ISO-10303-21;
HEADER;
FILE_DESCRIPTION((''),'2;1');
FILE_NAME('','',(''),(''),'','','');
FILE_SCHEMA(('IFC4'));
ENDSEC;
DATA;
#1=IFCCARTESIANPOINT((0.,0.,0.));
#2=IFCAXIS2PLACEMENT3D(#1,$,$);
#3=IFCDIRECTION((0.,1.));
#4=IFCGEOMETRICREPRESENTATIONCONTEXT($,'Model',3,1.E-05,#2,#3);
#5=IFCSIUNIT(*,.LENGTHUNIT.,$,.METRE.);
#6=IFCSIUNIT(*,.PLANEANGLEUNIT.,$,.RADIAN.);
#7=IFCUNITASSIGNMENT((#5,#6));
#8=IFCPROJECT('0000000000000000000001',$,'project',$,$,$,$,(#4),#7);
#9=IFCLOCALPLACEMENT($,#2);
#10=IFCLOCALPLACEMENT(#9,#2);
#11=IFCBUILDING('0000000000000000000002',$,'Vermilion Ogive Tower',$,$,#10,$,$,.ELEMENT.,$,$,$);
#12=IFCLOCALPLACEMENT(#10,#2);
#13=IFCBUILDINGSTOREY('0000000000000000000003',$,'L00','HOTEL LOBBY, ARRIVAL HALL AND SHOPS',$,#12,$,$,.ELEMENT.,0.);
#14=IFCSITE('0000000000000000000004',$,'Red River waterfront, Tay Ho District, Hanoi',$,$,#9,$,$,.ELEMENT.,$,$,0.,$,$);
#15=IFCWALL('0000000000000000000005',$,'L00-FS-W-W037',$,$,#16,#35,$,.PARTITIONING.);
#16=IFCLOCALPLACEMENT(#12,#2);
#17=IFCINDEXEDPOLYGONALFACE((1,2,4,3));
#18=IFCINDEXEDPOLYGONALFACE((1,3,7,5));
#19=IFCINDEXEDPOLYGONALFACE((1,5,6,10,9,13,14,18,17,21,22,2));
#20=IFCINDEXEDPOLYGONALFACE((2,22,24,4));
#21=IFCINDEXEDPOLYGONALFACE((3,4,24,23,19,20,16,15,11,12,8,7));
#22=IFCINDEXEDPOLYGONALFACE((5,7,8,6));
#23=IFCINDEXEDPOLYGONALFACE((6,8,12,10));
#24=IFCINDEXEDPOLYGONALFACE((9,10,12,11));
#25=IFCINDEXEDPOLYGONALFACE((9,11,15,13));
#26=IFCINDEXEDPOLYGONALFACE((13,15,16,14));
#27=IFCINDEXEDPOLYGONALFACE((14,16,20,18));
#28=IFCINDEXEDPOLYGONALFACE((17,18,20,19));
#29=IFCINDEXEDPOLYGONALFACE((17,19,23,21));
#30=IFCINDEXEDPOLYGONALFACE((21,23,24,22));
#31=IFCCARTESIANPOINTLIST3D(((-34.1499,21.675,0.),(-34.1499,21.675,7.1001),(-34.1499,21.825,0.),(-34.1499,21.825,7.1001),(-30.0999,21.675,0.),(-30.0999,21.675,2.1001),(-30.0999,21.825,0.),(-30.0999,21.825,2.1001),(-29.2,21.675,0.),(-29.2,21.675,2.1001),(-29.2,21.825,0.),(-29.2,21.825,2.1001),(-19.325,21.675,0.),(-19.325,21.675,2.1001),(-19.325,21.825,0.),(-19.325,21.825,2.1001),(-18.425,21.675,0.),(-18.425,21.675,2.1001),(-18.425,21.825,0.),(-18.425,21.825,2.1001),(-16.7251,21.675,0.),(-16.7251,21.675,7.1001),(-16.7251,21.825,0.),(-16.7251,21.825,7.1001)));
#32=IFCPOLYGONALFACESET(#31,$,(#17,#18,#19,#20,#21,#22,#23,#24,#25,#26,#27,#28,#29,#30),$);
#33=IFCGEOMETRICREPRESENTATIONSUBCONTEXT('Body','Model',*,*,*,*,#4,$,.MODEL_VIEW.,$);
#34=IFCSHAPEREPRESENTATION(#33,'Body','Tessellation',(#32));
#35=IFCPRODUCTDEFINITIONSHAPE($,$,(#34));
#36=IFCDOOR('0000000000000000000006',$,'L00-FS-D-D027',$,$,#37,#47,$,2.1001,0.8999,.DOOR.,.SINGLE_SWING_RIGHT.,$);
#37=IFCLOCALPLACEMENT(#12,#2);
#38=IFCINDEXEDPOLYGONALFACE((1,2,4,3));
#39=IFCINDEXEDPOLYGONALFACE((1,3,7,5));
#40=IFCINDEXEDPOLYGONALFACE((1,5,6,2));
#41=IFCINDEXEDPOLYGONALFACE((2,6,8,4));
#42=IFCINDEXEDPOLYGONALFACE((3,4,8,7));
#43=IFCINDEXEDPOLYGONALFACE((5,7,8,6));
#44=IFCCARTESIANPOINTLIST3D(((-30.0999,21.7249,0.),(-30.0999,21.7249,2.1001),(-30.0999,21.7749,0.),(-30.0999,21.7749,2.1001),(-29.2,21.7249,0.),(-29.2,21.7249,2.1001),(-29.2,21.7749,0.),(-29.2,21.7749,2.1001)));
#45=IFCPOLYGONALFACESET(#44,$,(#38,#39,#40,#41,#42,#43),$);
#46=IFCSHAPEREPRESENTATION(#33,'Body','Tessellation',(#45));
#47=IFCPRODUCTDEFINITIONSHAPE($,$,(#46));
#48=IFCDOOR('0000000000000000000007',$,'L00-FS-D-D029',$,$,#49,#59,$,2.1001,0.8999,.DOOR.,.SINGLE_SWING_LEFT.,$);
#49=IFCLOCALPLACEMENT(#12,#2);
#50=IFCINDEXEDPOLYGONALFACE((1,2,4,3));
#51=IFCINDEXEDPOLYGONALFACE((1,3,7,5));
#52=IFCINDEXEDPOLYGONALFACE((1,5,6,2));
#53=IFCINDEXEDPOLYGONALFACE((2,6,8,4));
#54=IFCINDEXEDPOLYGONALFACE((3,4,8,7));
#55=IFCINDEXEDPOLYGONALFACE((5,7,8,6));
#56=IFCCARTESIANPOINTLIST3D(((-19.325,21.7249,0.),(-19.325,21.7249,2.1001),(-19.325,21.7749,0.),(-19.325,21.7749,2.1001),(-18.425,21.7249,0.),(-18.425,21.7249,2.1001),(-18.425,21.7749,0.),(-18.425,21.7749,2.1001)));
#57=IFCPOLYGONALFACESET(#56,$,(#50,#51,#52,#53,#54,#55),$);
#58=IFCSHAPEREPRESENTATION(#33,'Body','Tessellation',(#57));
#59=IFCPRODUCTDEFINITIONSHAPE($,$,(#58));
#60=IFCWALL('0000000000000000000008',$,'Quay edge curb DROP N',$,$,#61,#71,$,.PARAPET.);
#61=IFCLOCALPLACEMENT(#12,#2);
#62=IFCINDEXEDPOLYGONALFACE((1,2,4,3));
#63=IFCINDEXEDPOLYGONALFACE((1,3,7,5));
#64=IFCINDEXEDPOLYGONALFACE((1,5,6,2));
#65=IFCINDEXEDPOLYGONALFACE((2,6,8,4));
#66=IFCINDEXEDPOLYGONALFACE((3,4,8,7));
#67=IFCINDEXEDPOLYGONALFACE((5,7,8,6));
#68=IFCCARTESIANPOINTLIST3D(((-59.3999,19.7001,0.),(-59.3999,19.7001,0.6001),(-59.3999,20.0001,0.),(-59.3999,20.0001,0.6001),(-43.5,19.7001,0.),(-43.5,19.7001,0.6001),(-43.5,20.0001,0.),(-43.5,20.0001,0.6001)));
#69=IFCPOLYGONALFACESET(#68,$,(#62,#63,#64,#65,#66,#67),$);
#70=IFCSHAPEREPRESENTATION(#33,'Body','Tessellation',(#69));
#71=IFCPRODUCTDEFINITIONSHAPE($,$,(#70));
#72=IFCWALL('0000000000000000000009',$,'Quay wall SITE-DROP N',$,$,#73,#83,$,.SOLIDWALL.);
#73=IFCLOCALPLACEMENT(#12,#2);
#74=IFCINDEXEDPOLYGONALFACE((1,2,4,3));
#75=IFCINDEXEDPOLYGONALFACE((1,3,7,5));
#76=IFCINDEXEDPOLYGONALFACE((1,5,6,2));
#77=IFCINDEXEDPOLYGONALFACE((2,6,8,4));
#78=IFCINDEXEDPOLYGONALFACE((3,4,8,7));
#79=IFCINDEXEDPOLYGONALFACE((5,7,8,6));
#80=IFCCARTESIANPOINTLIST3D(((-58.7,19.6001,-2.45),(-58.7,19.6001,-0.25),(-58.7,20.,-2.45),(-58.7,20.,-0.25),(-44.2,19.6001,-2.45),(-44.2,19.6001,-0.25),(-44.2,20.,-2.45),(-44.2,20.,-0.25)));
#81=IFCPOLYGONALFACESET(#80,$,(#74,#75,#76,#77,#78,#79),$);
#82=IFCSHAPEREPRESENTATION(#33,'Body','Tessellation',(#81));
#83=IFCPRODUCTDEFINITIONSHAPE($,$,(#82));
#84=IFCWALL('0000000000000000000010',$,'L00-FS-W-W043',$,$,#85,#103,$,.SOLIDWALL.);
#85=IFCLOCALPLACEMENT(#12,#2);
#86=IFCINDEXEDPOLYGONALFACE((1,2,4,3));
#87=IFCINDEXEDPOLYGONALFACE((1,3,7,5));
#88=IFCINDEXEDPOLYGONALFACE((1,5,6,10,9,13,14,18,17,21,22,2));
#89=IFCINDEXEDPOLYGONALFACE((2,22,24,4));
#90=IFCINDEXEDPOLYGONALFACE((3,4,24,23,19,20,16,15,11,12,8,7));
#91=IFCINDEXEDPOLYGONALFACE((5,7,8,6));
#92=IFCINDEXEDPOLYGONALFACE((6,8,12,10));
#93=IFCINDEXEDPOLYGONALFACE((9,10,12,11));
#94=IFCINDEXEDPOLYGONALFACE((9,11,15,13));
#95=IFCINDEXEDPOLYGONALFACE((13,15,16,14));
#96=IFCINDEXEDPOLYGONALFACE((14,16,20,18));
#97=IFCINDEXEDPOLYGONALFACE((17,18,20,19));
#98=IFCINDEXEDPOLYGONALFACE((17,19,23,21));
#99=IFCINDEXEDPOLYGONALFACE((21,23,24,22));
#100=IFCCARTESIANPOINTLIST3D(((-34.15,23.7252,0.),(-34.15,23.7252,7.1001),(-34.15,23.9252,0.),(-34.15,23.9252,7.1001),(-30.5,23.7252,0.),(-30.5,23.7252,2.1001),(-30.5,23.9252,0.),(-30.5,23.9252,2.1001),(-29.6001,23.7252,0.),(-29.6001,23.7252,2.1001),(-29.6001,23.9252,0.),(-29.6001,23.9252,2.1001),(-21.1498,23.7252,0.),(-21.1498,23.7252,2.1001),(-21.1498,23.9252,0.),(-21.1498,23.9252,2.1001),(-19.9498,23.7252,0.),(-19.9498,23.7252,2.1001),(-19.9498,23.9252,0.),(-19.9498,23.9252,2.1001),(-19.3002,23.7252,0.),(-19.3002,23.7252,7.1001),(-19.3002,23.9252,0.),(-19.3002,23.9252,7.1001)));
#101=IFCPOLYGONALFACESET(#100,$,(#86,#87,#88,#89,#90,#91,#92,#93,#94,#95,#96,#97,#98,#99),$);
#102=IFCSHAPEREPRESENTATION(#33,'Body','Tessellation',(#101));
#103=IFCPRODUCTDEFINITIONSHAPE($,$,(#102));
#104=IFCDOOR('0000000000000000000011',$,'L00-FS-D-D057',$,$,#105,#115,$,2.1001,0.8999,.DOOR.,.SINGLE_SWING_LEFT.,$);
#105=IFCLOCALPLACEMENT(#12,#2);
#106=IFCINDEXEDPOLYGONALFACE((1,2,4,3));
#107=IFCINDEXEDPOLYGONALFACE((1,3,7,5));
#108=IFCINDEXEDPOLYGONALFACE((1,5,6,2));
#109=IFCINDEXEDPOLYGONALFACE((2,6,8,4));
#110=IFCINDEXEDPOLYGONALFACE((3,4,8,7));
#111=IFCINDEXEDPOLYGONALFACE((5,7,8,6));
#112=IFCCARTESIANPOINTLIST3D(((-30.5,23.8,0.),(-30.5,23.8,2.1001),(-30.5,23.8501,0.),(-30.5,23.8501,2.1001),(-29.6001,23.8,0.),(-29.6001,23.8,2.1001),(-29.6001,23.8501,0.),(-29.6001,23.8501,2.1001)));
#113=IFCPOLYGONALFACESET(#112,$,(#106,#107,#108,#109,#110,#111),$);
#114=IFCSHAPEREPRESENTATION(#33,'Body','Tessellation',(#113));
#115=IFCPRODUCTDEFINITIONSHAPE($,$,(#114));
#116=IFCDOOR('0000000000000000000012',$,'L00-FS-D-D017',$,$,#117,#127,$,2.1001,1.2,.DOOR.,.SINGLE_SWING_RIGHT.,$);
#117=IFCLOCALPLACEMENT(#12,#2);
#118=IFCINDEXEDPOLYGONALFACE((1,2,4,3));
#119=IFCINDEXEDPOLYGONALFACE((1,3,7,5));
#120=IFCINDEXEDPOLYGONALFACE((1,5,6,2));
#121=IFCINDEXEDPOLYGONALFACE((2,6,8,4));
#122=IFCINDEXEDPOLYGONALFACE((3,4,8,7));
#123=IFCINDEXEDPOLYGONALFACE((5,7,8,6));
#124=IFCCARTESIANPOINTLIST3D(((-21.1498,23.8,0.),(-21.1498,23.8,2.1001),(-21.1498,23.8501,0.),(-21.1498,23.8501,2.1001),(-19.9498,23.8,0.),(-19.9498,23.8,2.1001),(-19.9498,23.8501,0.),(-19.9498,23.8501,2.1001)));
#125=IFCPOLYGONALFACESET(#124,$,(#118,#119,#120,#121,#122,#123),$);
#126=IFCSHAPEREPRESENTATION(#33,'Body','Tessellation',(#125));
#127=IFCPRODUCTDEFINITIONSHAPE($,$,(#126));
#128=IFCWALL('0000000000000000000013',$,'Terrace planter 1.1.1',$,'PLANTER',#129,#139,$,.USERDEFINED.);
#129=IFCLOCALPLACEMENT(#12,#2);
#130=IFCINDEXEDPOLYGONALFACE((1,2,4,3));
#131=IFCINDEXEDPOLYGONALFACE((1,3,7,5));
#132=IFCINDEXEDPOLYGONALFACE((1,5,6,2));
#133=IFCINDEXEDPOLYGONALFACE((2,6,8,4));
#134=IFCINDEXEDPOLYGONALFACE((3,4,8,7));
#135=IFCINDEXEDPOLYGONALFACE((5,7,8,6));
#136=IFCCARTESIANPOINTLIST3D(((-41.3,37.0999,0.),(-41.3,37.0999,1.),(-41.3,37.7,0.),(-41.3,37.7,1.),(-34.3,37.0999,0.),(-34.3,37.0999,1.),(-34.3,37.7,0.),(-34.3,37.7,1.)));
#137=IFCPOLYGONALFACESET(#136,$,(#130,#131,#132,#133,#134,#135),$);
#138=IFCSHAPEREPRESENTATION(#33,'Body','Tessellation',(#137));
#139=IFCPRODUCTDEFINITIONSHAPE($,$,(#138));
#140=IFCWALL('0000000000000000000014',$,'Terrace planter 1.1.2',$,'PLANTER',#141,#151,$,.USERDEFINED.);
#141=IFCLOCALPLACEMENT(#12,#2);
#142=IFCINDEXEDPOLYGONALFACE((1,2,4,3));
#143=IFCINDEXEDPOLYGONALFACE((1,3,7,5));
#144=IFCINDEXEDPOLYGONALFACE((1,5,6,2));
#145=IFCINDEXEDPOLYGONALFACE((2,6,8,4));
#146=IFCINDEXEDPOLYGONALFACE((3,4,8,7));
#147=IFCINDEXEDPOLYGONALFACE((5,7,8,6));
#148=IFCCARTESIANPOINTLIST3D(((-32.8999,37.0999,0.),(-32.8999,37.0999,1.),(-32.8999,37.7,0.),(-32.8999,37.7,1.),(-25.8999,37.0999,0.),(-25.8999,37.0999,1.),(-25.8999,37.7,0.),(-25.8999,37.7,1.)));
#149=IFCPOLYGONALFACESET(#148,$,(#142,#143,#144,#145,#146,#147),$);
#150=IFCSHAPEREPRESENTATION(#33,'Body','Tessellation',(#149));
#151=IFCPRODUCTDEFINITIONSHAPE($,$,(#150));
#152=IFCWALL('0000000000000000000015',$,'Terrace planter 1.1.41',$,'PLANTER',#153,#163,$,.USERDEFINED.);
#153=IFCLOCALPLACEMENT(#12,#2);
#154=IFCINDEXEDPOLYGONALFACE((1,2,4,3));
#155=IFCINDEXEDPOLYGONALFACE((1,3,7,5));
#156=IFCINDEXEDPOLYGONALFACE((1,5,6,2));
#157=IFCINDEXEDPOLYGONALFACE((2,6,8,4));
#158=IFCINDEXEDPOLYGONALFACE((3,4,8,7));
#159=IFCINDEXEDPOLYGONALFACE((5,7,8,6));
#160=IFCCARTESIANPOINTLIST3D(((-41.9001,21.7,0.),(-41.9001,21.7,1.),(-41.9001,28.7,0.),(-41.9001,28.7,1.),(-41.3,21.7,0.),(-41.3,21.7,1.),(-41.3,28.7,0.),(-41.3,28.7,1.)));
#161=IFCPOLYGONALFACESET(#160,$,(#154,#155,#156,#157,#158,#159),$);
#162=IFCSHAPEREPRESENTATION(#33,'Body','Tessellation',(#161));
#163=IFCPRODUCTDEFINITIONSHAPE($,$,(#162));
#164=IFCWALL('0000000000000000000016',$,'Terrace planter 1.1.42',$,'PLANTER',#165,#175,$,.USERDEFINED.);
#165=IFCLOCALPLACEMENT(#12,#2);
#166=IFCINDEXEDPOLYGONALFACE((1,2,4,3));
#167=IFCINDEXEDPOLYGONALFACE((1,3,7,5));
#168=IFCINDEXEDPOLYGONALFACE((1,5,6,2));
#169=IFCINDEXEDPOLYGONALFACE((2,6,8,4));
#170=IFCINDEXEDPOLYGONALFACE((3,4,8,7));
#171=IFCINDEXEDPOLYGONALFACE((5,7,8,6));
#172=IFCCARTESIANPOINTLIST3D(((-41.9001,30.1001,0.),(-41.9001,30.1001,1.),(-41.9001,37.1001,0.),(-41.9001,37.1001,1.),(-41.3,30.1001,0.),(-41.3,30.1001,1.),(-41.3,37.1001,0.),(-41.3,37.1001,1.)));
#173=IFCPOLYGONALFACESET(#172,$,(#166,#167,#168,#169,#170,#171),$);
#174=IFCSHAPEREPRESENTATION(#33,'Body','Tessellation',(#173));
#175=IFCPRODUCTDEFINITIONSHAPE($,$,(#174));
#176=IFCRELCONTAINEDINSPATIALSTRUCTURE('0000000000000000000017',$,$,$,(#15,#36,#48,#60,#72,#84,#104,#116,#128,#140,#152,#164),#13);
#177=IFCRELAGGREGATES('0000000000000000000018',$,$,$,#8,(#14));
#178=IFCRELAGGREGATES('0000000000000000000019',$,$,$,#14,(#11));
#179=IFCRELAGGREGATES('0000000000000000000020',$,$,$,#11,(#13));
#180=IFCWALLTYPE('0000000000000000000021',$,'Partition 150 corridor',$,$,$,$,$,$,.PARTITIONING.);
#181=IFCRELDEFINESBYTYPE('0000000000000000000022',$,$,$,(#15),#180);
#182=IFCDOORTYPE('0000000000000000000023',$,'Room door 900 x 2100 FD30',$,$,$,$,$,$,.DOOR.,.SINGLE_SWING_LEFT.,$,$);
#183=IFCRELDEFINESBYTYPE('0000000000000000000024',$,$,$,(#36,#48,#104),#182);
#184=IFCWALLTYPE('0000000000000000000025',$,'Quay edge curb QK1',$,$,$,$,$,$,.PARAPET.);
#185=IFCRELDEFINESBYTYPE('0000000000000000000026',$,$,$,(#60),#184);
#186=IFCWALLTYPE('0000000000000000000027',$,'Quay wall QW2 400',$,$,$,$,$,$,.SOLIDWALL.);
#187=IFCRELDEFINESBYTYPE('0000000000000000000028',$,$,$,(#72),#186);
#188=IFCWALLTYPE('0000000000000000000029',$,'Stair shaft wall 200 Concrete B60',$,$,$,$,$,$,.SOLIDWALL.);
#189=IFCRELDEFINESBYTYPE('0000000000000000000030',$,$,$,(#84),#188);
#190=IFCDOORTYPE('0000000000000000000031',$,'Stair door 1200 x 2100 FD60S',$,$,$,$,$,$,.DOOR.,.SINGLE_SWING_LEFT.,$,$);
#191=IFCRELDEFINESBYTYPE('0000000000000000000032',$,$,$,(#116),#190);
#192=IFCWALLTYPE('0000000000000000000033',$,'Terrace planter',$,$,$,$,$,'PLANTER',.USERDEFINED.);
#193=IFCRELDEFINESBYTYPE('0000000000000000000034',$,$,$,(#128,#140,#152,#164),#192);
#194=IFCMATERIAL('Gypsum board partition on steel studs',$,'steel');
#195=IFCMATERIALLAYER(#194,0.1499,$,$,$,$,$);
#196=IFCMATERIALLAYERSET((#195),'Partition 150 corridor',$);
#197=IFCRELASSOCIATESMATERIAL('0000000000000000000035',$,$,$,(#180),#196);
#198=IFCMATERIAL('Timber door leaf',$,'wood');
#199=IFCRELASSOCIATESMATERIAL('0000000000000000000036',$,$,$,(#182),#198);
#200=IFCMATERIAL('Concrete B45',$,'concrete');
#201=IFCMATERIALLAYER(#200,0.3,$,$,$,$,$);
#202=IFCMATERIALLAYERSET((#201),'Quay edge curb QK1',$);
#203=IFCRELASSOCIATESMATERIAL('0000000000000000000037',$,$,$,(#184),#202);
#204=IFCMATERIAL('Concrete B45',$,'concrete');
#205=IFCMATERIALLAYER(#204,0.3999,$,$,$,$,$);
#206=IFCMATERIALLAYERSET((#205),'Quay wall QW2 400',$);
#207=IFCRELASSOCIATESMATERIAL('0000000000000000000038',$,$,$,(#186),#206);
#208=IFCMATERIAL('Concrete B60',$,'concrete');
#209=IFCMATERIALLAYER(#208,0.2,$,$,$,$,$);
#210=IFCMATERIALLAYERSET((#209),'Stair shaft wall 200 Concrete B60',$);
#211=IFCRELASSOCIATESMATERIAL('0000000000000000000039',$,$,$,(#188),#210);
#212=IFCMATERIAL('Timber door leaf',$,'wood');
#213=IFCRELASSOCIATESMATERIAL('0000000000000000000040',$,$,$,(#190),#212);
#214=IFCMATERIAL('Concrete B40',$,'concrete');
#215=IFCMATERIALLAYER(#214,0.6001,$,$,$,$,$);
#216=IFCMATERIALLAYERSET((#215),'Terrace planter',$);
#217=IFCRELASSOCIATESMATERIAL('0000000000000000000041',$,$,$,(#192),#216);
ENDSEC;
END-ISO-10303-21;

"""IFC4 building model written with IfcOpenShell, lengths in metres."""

from ifc_helpers import new_model, si_unit, direction, frame, frame_2d, origin, place, context, subcontext, project, spatial, rectangle, extrude, material, layer, layer_set, type_object, element, fill, save


model = new_model("IFC4")

# Units and contexts
model_context = context("Model", 3, precision=1e-05, world=origin(), true_north=direction((0.0, 1.0)))
body_context = subcontext(model_context, "Body", "Model", "MODEL_VIEW")
ifc_project = project(units=[si_unit("LENGTHUNIT", "METRE"), si_unit("PLANEANGLEUNIT", "RADIAN")], contexts=[model_context])

# Site, building, storey
site_placement = place(None, origin())
site = spatial("IfcSite", under=ifc_project, at=site_placement, Name="Red River waterfront, Tay Ho District, Hanoi", CompositionType="ELEMENT", RefElevation=0.0)
building_placement = place(site_placement, origin())
building = spatial("IfcBuilding", under=site, at=building_placement, Name="Vermilion Ogive Tower", CompositionType="ELEMENT")
storey_placement = place(building_placement, origin())
storey = spatial("IfcBuildingStorey", under=building, at=storey_placement, Name="L00", Description="HOTEL LOBBY, ARRIVAL HALL AND SHOPS", CompositionType="ELEMENT", Elevation=0.0)

# Wall, openings, doors
ifc_material_1 = material(Name="Gypsum board partition on steel studs", Category="steel")
ifc_layer_1 = layer(ifc_material_1, 0.1499)
ifc_layer_set_1 = layer_set([ifc_layer_1], Name="Partition 150 corridor")
wall_type_1 = type_object("IfcWallType", Name="Partition 150 corridor", PredefinedType="PARTITIONING", material=ifc_layer_set_1)
wall_1_placement = place(storey_placement, frame((-34.1499, 21.75, 0.0), z_axis=(0.0, 0.0, 1.0), x_axis=(1.0, 0.0, 0.0)))
wall_1 = element("IfcWall", 1, at=wall_1_placement, inside=storey, type_object=wall_type_1, Name="L00-FS-W-W037", PredefinedType="PARTITIONING", context=body_context, shape_type="SweptSolid", body=[
    extrude(rectangle(XDim=17.4248, YDim=0.1499, at=frame_2d((8.7124, 0.0))), origin(), (0.0, 0.0, 1.0), 7.1001),
])
opening_1_placement = place(wall_1_placement, frame((4.05, 0.0, 0.0)))
opening_1 = element("IfcOpeningElement", 2, at=opening_1_placement, cuts=wall_1, PredefinedType="OPENING", context=body_context, shape_type="SweptSolid", body=[
    extrude(rectangle(XDim=0.8999, YDim=2.1001, at=frame_2d((0.45, 1.05))), frame((0.0, 0.085, 0.0), z_axis=(0.0, -1.0, 0.0), x_axis=(1.0, 0.0, 0.0)), (0.0, 0.0, 1.0), 0.1699),
])
opening_2_placement = place(wall_1_placement, frame((14.825, 0.0, 0.0)))
opening_2 = element("IfcOpeningElement", 3, at=opening_2_placement, cuts=wall_1, PredefinedType="OPENING", context=body_context, shape_type="SweptSolid", body=[
    extrude(rectangle(XDim=0.8999, YDim=2.1001, at=frame_2d((0.45, 1.05))), frame((0.0, 0.085, 0.0), z_axis=(0.0, -1.0, 0.0), x_axis=(1.0, 0.0, 0.0)), (0.0, 0.0, 1.0), 0.1699),
])
ifc_material_2 = material(Name="Timber door leaf", Category="wood")
door_type_1 = type_object("IfcDoorType", Name="Room door 900 x 2100 FD30", OperationType="SINGLE_SWING_LEFT", PredefinedType="DOOR", material=ifc_material_2)
door_1_placement = place(opening_1_placement, origin())
door_1 = element("IfcDoor", 4, at=door_1_placement, inside=storey, type_object=door_type_1, Name="L00-FS-D-D027", OperationType="SINGLE_SWING_RIGHT", OverallHeight=2.1001, OverallWidth=0.8999, PredefinedType="DOOR", context=body_context, shape_type="SweptSolid", body=[
    extrude(rectangle(XDim=0.8999, YDim=2.1001, at=frame_2d((0.45, 1.05))), frame((0.0, 0.0249, 0.0), z_axis=(0.0, -1.0, 0.0), x_axis=(1.0, 0.0, 0.0)), (0.0, 0.0, 1.0), 0.05),
])
fill(opening_1, door_1)
door_2_placement = place(opening_2_placement, origin())
door_2 = element("IfcDoor", 5, at=door_2_placement, inside=storey, type_object=door_type_1, Name="L00-FS-D-D029", OperationType="SINGLE_SWING_LEFT", OverallHeight=2.1001, OverallWidth=0.8999, PredefinedType="DOOR", context=body_context, shape_type="SweptSolid", body=[
    extrude(rectangle(XDim=0.8999, YDim=2.1001, at=frame_2d((0.45, 1.05))), frame((0.0, 0.0249, 0.0), z_axis=(0.0, -1.0, 0.0), x_axis=(1.0, 0.0, 0.0)), (0.0, 0.0, 1.0), 0.05),
])
fill(opening_2, door_2)

# Walls
ifc_material_3 = material(Name="Concrete B45", Category="concrete")
ifc_layer_2 = layer(ifc_material_3, 0.3)
ifc_layer_set_2 = layer_set([ifc_layer_2], Name="Quay edge curb QK1")
wall_type_2 = type_object("IfcWallType", Name="Quay edge curb QK1", PredefinedType="PARAPET", material=ifc_layer_set_2)
wall_2_placement = place(storey_placement, frame((-59.3999, 19.8501, 0.0), z_axis=(0.0, 0.0, 1.0), x_axis=(1.0, 0.0, 0.0)))
element("IfcWall", 6, at=wall_2_placement, inside=storey, type_object=wall_type_2, Name="Quay edge curb DROP N", PredefinedType="PARAPET", context=body_context, shape_type="SweptSolid", body=[
    extrude(rectangle(XDim=15.8999, YDim=0.3, at=frame_2d((7.95, 0.0))), origin(), (0.0, 0.0, 1.0), 0.6001),
])
ifc_material_4 = material(Name="Concrete B45", Category="concrete")
ifc_layer_3 = layer(ifc_material_4, 0.3999)
ifc_layer_set_3 = layer_set([ifc_layer_3], Name="Quay wall QW2 400")
wall_type_3 = type_object("IfcWallType", Name="Quay wall QW2 400", PredefinedType="SOLIDWALL", material=ifc_layer_set_3)
wall_3_placement = place(storey_placement, frame((-58.7, 19.8, -2.45), z_axis=(0.0, 0.0, 1.0), x_axis=(1.0, 0.0, 0.0)))
element("IfcWall", 7, at=wall_3_placement, inside=storey, type_object=wall_type_3, Name="Quay wall SITE-DROP N", PredefinedType="SOLIDWALL", context=body_context, shape_type="SweptSolid", body=[
    extrude(rectangle(XDim=14.5, YDim=0.3999, at=frame_2d((7.25, 0.0))), origin(), (0.0, 0.0, 1.0), 2.2),
])

# Wall, openings, doors
ifc_material_5 = material(Name="Concrete B60", Category="concrete")
ifc_layer_4 = layer(ifc_material_5, 0.2)
ifc_layer_set_4 = layer_set([ifc_layer_4], Name="Stair shaft wall 200 Concrete B60")
wall_type_4 = type_object("IfcWallType", Name="Stair shaft wall 200 Concrete B60", PredefinedType="SOLIDWALL", material=ifc_layer_set_4)
wall_4_placement = place(storey_placement, frame((-34.1499, 23.8252, 0.0), z_axis=(0.0, 0.0, 1.0), x_axis=(1.0, 0.0, 0.0)))
wall_4 = element("IfcWall", 8, at=wall_4_placement, inside=storey, type_object=wall_type_4, Name="L00-FS-W-W043", PredefinedType="SOLIDWALL", context=body_context, shape_type="SweptSolid", body=[
    extrude(rectangle(XDim=14.8499, YDim=0.2, at=frame_2d((7.4248, 0.0))), origin(), (0.0, 0.0, 1.0), 7.1001),
])
opening_3_placement = place(wall_4_placement, frame((13.0, 0.0, 0.0)))
opening_3 = element("IfcOpeningElement", 9, at=opening_3_placement, cuts=wall_4, PredefinedType="OPENING", context=body_context, shape_type="SweptSolid", body=[
    extrude(rectangle(XDim=1.2, YDim=2.1001, at=frame_2d((0.6001, 1.05))), frame((0.0, 0.1099, 0.0), z_axis=(0.0, -1.0, 0.0), x_axis=(1.0, 0.0, 0.0)), (0.0, 0.0, 1.0), 0.22),
])
opening_4_placement = place(wall_4_placement, frame((3.6499, 0.0, 0.0)))
opening_4 = element("IfcOpeningElement", 10, at=opening_4_placement, cuts=wall_4, PredefinedType="OPENING", context=body_context, shape_type="SweptSolid", body=[
    extrude(rectangle(XDim=0.8999, YDim=2.1001, at=frame_2d((0.45, 1.05))), frame((0.0, 0.1099, 0.0), z_axis=(0.0, -1.0, 0.0), x_axis=(1.0, 0.0, 0.0)), (0.0, 0.0, 1.0), 0.22),
])
door_3_placement = place(opening_4_placement, origin())
door_3 = element("IfcDoor", 11, at=door_3_placement, inside=storey, type_object=door_type_1, Name="L00-FS-D-D057", OperationType="SINGLE_SWING_LEFT", OverallHeight=2.1001, OverallWidth=0.8999, PredefinedType="DOOR", context=body_context, shape_type="SweptSolid", body=[
    extrude(rectangle(XDim=0.8999, YDim=2.1001, at=frame_2d((0.45, 1.05))), frame((0.0, 0.0249, 0.0), z_axis=(0.0, -1.0, 0.0), x_axis=(1.0, 0.0, 0.0)), (0.0, 0.0, 1.0), 0.05),
])
fill(opening_4, door_3)
ifc_material_6 = material(Name="Timber door leaf", Category="wood")
door_type_2 = type_object("IfcDoorType", Name="Stair door 1200 x 2100 FD60S", OperationType="SINGLE_SWING_LEFT", PredefinedType="DOOR", material=ifc_material_6)
door_4_placement = place(opening_3_placement, origin())
door_4 = element("IfcDoor", 12, at=door_4_placement, inside=storey, type_object=door_type_2, Name="L00-FS-D-D017", OperationType="SINGLE_SWING_RIGHT", OverallHeight=2.1001, OverallWidth=1.2, PredefinedType="DOOR", context=body_context, shape_type="SweptSolid", body=[
    extrude(rectangle(XDim=1.2, YDim=2.1001, at=frame_2d((0.6001, 1.05))), frame((0.0, 0.0249, 0.0), z_axis=(0.0, -1.0, 0.0), x_axis=(1.0, 0.0, 0.0)), (0.0, 0.0, 1.0), 0.05),
])
fill(opening_3, door_4)

# Walls
ifc_material_7 = material(Name="Concrete B40", Category="concrete")
ifc_layer_5 = layer(ifc_material_7, 0.6001)
ifc_layer_set_5 = layer_set([ifc_layer_5], Name="Terrace planter")
wall_type_5 = type_object("IfcWallType", Name="Terrace planter", ElementType="PLANTER", PredefinedType="USERDEFINED", material=ifc_layer_set_5)
for number, where, z_axis, x_axis, name in (
    (13, (-41.3, 37.3999, 0.0), (0.0, 0.0, 1.0), (1.0, 0.0, 0.0), "Terrace planter 1.1.1"),
    (14, (-32.8999, 37.3999, 0.0), (0.0, 0.0, 1.0), (1.0, 0.0, 0.0), "Terrace planter 1.1.2"),
    (15, (-41.6001, 21.7, 0.0), (0.0, 0.0, 1.0), (0.0, 1.0, 0.0), "Terrace planter 1.1.41"),
    (16, (-41.6001, 30.1001, 0.0), (0.0, 0.0, 1.0), (0.0, 1.0, 0.0), "Terrace planter 1.1.42"),
):
    element("IfcWall", number, at=place(storey_placement, frame(where, z_axis=z_axis, x_axis=x_axis)), inside=storey, type_object=wall_type_5, Name=name, ObjectType="PLANTER", PredefinedType="USERDEFINED", context=body_context, shape_type="SweptSolid", body=[
        extrude(rectangle(XDim=7.0, YDim=0.6001, at=frame_2d((3.5, 0.0))), origin(), (0.0, 0.0, 1.0), 1.0),
    ])

save(model, "model.ifc")
